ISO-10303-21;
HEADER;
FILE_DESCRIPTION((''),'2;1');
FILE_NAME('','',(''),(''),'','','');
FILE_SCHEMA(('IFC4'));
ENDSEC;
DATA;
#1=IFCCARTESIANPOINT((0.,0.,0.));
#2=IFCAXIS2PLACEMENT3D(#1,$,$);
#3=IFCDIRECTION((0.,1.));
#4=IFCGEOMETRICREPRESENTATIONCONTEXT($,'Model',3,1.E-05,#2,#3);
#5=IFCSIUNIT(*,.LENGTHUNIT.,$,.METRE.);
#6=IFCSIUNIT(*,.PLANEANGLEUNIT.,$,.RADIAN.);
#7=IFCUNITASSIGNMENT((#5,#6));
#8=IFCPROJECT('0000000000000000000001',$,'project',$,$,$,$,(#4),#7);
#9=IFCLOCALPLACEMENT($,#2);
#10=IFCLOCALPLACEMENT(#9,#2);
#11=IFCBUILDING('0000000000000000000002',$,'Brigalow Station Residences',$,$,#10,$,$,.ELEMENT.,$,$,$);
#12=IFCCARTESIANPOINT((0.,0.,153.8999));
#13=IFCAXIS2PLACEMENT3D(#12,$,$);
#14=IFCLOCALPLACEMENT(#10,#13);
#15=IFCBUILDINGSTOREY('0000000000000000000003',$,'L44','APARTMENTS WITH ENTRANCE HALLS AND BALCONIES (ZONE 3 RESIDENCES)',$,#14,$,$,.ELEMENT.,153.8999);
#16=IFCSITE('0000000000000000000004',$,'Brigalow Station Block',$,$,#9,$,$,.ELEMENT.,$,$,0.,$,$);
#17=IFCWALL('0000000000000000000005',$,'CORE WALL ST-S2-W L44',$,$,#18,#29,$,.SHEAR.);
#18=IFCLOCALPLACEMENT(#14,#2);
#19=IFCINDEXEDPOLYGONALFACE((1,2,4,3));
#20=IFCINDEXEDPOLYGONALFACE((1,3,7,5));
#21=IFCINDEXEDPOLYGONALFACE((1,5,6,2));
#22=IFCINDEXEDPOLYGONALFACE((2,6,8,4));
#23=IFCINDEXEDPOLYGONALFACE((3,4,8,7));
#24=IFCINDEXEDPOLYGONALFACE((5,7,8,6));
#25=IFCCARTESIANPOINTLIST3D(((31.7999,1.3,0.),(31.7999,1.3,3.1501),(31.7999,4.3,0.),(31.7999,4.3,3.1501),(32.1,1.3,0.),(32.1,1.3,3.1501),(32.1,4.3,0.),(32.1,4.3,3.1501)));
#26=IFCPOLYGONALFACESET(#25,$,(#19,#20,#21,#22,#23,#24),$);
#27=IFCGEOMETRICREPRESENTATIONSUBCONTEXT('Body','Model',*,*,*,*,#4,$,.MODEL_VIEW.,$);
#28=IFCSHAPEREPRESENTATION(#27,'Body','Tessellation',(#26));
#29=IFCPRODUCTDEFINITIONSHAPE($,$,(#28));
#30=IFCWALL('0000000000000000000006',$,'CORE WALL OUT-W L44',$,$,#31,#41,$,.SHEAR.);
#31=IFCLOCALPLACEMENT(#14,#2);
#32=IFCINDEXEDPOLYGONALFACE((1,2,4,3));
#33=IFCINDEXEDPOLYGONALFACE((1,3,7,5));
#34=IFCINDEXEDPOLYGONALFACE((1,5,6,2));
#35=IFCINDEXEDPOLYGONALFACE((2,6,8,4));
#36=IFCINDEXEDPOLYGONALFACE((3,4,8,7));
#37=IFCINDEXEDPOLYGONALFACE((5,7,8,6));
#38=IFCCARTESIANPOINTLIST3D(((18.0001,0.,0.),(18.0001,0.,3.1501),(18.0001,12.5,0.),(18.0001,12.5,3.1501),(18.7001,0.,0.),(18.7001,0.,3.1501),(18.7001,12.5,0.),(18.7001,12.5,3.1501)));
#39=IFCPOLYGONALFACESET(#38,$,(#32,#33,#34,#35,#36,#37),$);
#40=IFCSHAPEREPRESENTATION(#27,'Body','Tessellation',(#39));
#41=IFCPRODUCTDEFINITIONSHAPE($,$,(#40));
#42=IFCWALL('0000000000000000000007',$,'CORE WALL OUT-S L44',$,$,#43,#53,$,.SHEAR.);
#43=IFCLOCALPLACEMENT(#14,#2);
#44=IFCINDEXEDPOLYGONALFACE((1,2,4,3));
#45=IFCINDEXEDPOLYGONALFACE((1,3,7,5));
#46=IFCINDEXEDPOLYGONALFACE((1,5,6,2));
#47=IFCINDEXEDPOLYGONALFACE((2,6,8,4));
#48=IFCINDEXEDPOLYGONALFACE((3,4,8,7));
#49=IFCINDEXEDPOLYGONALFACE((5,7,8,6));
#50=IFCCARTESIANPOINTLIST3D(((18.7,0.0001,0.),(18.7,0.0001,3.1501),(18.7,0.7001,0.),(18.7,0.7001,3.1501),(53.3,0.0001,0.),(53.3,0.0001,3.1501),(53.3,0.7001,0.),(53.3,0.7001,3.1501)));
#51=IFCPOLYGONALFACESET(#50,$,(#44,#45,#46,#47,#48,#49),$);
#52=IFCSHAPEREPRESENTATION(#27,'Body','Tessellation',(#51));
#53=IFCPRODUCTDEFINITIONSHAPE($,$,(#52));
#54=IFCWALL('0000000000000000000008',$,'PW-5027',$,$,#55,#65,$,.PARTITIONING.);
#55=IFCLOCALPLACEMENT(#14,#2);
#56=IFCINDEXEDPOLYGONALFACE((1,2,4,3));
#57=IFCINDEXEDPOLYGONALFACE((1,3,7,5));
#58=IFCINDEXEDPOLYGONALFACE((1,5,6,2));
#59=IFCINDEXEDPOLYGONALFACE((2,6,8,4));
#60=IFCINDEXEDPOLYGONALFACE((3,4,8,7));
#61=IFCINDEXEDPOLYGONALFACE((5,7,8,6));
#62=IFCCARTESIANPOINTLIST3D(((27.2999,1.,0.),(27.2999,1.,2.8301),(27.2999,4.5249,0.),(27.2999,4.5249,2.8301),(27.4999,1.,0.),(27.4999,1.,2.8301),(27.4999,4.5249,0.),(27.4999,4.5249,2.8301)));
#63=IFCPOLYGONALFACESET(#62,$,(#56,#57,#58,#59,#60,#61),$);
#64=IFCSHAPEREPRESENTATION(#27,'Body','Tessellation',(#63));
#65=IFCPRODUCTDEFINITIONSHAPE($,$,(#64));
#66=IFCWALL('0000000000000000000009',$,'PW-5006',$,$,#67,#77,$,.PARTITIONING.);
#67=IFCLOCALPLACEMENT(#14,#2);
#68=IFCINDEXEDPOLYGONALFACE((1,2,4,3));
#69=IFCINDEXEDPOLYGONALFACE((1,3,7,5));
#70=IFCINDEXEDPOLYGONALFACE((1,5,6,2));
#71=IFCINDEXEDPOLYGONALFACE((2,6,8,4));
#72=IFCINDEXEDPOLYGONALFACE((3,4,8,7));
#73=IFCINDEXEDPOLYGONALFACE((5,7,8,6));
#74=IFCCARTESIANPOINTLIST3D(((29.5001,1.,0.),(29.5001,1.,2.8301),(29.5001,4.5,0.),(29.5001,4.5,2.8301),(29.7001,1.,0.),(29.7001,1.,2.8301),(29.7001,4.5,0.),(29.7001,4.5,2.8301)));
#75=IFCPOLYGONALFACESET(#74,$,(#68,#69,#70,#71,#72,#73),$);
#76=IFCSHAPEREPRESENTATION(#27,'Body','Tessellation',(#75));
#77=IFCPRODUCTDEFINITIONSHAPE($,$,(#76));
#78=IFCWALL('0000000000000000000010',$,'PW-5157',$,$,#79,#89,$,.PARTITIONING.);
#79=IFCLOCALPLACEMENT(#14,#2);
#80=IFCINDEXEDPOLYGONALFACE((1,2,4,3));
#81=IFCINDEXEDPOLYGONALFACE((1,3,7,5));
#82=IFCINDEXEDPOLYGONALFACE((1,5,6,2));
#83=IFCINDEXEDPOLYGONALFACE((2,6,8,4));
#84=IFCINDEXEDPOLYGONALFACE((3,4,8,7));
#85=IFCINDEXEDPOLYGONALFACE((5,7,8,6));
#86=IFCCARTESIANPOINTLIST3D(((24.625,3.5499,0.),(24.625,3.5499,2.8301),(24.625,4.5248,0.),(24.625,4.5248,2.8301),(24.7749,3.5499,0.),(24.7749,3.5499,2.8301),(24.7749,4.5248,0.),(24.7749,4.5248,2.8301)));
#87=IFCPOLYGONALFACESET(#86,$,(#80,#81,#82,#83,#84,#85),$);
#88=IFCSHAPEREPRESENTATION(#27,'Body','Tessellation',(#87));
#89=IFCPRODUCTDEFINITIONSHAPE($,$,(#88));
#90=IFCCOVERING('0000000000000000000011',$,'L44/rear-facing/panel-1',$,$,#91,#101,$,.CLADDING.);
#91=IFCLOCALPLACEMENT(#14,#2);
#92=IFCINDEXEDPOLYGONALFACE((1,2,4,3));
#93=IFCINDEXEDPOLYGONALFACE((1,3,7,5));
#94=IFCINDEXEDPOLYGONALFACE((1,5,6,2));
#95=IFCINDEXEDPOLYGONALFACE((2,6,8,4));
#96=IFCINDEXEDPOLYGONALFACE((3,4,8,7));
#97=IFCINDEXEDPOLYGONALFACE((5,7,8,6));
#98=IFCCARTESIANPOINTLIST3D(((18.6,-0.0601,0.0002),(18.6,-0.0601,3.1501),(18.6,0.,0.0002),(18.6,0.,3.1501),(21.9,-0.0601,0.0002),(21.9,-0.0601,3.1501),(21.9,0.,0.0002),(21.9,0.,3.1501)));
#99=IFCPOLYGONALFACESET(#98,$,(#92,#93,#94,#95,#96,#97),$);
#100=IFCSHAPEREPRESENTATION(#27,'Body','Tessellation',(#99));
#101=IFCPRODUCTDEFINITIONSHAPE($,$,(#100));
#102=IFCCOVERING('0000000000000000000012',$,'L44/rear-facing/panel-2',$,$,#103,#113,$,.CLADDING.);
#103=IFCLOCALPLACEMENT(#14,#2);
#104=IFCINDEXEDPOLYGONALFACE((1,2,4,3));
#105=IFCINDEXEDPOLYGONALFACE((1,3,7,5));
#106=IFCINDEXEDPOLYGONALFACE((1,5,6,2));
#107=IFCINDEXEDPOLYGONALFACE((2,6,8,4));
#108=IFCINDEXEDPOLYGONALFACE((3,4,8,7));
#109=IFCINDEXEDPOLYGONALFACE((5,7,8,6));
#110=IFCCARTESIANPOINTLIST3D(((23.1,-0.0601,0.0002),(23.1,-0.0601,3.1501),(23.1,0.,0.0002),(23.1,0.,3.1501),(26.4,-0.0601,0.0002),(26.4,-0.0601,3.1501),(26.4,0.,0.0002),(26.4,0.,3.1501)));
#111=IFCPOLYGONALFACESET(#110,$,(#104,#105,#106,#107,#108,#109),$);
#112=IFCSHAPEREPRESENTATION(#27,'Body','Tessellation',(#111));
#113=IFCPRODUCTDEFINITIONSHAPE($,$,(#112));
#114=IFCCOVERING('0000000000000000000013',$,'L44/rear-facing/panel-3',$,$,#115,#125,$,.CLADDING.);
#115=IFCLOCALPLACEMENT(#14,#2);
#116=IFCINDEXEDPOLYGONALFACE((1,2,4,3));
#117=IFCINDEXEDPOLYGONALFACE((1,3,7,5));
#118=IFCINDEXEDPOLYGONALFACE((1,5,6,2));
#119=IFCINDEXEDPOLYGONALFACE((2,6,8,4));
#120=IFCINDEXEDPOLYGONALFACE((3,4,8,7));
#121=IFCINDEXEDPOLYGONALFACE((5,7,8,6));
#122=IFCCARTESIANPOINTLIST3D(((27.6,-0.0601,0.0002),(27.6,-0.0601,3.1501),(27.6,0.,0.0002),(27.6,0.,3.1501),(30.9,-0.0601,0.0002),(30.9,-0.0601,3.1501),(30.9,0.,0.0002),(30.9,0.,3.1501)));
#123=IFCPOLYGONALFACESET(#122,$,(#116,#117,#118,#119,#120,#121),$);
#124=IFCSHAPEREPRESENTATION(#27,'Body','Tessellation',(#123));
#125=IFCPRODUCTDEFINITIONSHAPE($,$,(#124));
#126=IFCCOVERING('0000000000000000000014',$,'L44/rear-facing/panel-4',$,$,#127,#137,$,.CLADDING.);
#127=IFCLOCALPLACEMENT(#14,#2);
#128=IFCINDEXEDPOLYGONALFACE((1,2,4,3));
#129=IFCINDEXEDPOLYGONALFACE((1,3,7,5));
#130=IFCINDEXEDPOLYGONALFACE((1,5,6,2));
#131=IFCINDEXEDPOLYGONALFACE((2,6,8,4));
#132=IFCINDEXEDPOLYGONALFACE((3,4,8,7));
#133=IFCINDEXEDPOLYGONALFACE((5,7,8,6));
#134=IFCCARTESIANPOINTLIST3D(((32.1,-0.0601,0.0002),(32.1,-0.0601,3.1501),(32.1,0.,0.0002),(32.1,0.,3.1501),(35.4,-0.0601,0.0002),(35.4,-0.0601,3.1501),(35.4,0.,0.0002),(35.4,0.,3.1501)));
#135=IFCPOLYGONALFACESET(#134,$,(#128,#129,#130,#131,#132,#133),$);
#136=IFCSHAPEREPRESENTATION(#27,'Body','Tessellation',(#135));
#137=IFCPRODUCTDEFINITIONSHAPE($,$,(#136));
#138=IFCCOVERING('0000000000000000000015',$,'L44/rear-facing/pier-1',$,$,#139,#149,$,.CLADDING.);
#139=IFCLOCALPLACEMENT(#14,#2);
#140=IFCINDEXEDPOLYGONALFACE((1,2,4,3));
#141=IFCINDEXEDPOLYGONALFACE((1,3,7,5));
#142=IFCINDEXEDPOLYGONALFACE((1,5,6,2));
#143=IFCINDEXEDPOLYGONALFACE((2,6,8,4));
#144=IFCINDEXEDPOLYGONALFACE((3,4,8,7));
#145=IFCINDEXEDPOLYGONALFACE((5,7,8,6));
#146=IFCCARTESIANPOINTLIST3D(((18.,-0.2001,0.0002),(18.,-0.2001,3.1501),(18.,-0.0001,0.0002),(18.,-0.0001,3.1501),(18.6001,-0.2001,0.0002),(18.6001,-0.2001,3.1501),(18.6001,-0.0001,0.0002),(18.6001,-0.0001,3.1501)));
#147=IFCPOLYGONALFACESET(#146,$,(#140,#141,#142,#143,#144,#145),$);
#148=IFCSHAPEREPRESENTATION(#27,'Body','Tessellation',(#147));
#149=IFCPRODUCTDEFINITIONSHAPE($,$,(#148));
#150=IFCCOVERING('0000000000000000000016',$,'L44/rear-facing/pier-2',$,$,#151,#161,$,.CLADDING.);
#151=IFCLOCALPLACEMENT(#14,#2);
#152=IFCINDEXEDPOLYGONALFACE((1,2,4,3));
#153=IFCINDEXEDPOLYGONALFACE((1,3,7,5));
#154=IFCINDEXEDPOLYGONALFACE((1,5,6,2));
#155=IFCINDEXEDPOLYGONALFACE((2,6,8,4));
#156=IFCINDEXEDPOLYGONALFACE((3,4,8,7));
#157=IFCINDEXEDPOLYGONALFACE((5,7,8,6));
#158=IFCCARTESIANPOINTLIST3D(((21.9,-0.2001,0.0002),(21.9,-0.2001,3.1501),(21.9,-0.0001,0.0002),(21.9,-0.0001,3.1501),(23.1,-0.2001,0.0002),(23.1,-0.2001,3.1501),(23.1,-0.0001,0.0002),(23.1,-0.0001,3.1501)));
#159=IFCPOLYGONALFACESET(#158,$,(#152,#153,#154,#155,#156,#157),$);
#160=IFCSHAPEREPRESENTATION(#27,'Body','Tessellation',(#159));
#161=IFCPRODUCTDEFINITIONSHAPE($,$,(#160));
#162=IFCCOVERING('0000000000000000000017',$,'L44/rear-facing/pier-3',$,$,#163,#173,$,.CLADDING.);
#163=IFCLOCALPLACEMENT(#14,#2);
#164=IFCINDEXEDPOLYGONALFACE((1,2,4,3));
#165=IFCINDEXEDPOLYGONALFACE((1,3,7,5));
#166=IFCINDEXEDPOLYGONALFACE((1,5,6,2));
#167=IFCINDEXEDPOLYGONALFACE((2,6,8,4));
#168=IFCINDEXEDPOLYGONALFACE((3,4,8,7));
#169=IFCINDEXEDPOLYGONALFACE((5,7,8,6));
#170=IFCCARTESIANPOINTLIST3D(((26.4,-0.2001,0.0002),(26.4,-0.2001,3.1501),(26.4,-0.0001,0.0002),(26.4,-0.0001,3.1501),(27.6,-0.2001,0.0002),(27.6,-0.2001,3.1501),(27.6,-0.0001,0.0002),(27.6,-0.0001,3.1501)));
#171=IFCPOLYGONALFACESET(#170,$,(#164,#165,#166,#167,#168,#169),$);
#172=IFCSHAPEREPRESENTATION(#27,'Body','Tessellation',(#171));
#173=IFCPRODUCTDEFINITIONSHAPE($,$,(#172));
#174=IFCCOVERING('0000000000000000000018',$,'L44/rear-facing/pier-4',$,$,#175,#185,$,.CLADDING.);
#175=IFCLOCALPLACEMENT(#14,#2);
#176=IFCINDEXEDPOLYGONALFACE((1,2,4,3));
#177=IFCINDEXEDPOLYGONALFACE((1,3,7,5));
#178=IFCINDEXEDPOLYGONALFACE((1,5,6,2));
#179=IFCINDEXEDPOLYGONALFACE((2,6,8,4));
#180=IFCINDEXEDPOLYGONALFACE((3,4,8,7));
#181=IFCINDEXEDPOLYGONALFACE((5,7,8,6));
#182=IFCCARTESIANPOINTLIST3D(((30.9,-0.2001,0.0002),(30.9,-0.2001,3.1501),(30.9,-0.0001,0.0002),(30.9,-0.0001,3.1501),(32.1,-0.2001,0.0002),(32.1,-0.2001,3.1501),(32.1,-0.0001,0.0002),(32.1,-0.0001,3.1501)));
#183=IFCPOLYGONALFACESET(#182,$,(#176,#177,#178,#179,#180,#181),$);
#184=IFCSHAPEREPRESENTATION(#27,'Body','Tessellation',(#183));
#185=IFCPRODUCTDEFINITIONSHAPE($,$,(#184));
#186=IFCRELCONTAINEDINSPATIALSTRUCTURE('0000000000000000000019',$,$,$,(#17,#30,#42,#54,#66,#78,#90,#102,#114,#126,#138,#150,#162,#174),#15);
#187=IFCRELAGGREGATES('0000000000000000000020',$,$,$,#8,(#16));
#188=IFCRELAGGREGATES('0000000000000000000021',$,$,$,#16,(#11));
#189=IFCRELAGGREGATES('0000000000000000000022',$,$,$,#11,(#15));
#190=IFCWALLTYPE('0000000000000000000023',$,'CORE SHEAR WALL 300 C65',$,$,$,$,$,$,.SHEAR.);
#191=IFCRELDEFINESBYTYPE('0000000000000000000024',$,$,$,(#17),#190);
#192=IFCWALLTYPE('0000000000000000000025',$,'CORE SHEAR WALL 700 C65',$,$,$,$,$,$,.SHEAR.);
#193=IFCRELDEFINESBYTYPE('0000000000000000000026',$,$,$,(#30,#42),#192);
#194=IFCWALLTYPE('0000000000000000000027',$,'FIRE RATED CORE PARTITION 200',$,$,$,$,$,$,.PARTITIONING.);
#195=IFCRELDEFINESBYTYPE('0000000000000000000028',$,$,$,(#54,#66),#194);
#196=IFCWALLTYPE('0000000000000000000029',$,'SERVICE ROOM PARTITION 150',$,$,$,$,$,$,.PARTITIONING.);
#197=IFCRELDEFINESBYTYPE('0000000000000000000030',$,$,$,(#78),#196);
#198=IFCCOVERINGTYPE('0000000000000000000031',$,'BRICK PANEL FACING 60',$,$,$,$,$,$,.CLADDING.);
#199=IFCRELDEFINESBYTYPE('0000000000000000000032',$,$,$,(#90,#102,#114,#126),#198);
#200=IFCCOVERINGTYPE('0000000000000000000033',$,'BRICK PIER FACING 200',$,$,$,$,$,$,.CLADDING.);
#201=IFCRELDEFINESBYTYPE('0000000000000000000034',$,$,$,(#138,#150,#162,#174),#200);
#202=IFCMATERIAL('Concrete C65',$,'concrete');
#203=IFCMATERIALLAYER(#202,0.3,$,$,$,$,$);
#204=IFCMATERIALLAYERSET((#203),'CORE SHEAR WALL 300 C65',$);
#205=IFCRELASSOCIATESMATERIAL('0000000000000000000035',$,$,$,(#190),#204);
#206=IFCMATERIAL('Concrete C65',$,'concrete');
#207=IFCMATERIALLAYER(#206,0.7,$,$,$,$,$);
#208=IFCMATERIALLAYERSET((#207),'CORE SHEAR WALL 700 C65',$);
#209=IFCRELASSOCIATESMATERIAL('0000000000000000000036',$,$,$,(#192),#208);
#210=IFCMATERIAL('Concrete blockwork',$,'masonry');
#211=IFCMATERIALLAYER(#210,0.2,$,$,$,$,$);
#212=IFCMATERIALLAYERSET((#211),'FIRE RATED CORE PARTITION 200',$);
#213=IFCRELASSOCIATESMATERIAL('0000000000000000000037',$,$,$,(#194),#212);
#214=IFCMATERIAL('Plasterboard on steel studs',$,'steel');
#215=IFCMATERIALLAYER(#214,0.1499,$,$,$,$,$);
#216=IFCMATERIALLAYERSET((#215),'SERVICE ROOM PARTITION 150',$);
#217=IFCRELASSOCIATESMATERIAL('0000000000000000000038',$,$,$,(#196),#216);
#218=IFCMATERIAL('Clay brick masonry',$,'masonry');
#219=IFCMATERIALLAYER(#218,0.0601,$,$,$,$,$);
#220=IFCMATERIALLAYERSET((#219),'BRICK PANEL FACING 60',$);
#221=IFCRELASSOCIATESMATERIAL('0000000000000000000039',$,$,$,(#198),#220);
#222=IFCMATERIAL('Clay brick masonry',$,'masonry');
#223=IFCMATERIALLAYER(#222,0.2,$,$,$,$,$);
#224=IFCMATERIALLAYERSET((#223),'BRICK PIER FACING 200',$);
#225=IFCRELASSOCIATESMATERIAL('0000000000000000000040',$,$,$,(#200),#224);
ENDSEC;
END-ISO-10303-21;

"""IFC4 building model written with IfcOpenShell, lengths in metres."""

from ifc_helpers import new_model, si_unit, direction, frame, frame_2d, origin, origin_2d, place, context, subcontext, project, spatial, rectangle, extrude, material, layer, layer_set, type_object, element, save


model = new_model("IFC4")

# Units and contexts
model_context = context("Model", 3, precision=1e-05, world=origin(), true_north=direction((0.0, 1.0)))
body_context = subcontext(model_context, "Body", "Model", "MODEL_VIEW")
ifc_project = project(units=[si_unit("LENGTHUNIT", "METRE"), si_unit("PLANEANGLEUNIT", "RADIAN")], contexts=[model_context])

# Site, building, storey
site_placement = place(None, origin())
site = spatial("IfcSite", under=ifc_project, at=site_placement, Name="Brigalow Station Block", CompositionType="ELEMENT", RefElevation=0.0)
building_placement = place(site_placement, origin())
building = spatial("IfcBuilding", under=site, at=building_placement, Name="Brigalow Station Residences", CompositionType="ELEMENT")
storey_placement = place(building_placement, frame((0.0, 0.0, 153.8999)))
storey = spatial("IfcBuildingStorey", under=building, at=storey_placement, Name="L44", Description="APARTMENTS WITH ENTRANCE HALLS AND BALCONIES (ZONE 3 RESIDENCES)", CompositionType="ELEMENT", Elevation=153.8999)

# Shared definitions
ifc_material_1 = material(Name="Concrete C65", Category="concrete")
ifc_layer_1 = layer(ifc_material_1, 0.3)
ifc_layer_set_1 = layer_set([ifc_layer_1], Name="CORE SHEAR WALL 300 C65")
wall_type_1 = type_object("IfcWallType", Name="CORE SHEAR WALL 300 C65", PredefinedType="SHEAR", material=ifc_layer_set_1)

# Walls
wall_1_placement = place(storey_placement, frame((31.95, 1.3, 0.0), z_axis=(0.0, 0.0, 1.0), x_axis=(0.0, 1.0, 0.0)))
element("IfcWall", 1, at=wall_1_placement, inside=storey, type_object=wall_type_1, Name="CORE WALL ST-S2-W L44", PredefinedType="SHEAR", context=body_context, shape_type="SweptSolid", body=[
    extrude(rectangle(XDim=3.0, YDim=0.3, at=frame_2d((1.5, 0.0))), origin(), (0.0, 0.0, 1.0), 3.1501),
])
ifc_material_2 = material(Name="Concrete C65", Category="concrete")
ifc_layer_2 = layer(ifc_material_2, 0.7)
ifc_layer_set_2 = layer_set([ifc_layer_2], Name="CORE SHEAR WALL 700 C65")
wall_type_2 = type_object("IfcWallType", Name="CORE SHEAR WALL 700 C65", PredefinedType="SHEAR", material=ifc_layer_set_2)
wall_2_placement = place(storey_placement, frame((18.3501, 0.0, 0.0), z_axis=(0.0, 0.0, 1.0), x_axis=(0.0, 1.0, 0.0)))
element("IfcWall", 2, at=wall_2_placement, inside=storey, type_object=wall_type_2, Name="CORE WALL OUT-W L44", PredefinedType="SHEAR", context=body_context, shape_type="SweptSolid", body=[
    extrude(rectangle(XDim=12.5, YDim=0.7, at=frame_2d((6.25, 0.0))), origin(), (0.0, 0.0, 1.0), 3.1501),
])
wall_3_placement = place(storey_placement, frame((18.7, 0.3501, 0.0), z_axis=(0.0, 0.0, 1.0), x_axis=(1.0, 0.0, 0.0)))
element("IfcWall", 3, at=wall_3_placement, inside=storey, type_object=wall_type_2, Name="CORE WALL OUT-S L44", PredefinedType="SHEAR", context=body_context, shape_type="SweptSolid", body=[
    extrude(rectangle(XDim=34.6001, YDim=0.7, at=frame_2d((17.3, 0.0))), origin(), (0.0, 0.0, 1.0), 3.1501),
])
ifc_material_3 = material(Name="Concrete blockwork", Category="masonry")
ifc_layer_3 = layer(ifc_material_3, 0.2)
ifc_layer_set_3 = layer_set([ifc_layer_3], Name="FIRE RATED CORE PARTITION 200")
wall_type_3 = type_object("IfcWallType", Name="FIRE RATED CORE PARTITION 200", PredefinedType="PARTITIONING", material=ifc_layer_set_3)
wall_4_placement = place(storey_placement, frame((27.3999, 1.0, 0.0), z_axis=(0.0, 0.0, 1.0), x_axis=(0.0, 1.0, 0.0)))
element("IfcWall", 4, at=wall_4_placement, inside=storey, type_object=wall_type_3, Name="PW-5027", PredefinedType="PARTITIONING", context=body_context, shape_type="SweptSolid", body=[
    extrude(rectangle(XDim=3.5249, YDim=0.2, at=frame_2d((1.7625, 0.0))), origin(), (0.0, 0.0, 1.0), 2.8301),
])
wall_5_placement = place(storey_placement, frame((29.6001, 1.0, 0.0), z_axis=(0.0, 0.0, 1.0), x_axis=(0.0, 1.0, 0.0)))
element("IfcWall", 5, at=wall_5_placement, inside=storey, type_object=wall_type_3, Name="PW-5006", PredefinedType="PARTITIONING", context=body_context, shape_type="SweptSolid", body=[
    extrude(rectangle(XDim=3.5, YDim=0.2, at=frame_2d((1.75, 0.0))), origin(), (0.0, 0.0, 1.0), 2.8301),
])
ifc_material_4 = material(Name="Plasterboard on steel studs", Category="steel")
ifc_layer_4 = layer(ifc_material_4, 0.1499)
ifc_layer_set_4 = layer_set([ifc_layer_4], Name="SERVICE ROOM PARTITION 150")
wall_type_4 = type_object("IfcWallType", Name="SERVICE ROOM PARTITION 150", PredefinedType="PARTITIONING", material=ifc_layer_set_4)
wall_6_placement = place(storey_placement, frame((24.7, 3.55, 0.0), z_axis=(0.0, 0.0, 1.0), x_axis=(0.0, 1.0, 0.0)))
element("IfcWall", 6, at=wall_6_placement, inside=storey, type_object=wall_type_4, Name="PW-5157", PredefinedType="PARTITIONING", context=body_context, shape_type="SweptSolid", body=[
    extrude(rectangle(XDim=0.9749, YDim=0.1499, at=frame_2d((0.4873, 0.0))), origin(), (0.0, 0.0, 1.0), 2.8301),
])

# Coverings
ifc_material_5 = material(Name="Clay brick masonry", Category="masonry")
ifc_layer_5 = layer(ifc_material_5, 0.0601)
ifc_layer_set_5 = layer_set([ifc_layer_5], Name="BRICK PANEL FACING 60")
covering_type_1 = type_object("IfcCoveringType", Name="BRICK PANEL FACING 60", PredefinedType="CLADDING", material=ifc_layer_set_5)
for number, where, z_axis, x_axis, name in (
    (7, (20.25, -0.03, 0.0002), (0.0, 0.0, 1.0), (1.0, 0.0, 0.0), "L44/rear-facing/panel-1"),
    (8, (24.75, -0.03, 0.0002), (0.0, 0.0, 1.0), (1.0, 0.0, 0.0), "L44/rear-facing/panel-2"),
    (9, (29.25, -0.03, 0.0002), (0.0, 0.0, 1.0), (1.0, 0.0, 0.0), "L44/rear-facing/panel-3"),
    (10, (33.75, -0.03, 0.0002), (0.0, 0.0, 1.0), (1.0, 0.0, 0.0), "L44/rear-facing/panel-4"),
):
    element("IfcCovering", number, at=place(storey_placement, frame(where, z_axis=z_axis, x_axis=x_axis)), inside=storey, type_object=covering_type_1, Name=name, PredefinedType="CLADDING", context=body_context, shape_type="SweptSolid", body=[
        extrude(rectangle(XDim=3.3, YDim=0.0601, at=origin_2d()), origin(), (0.0, 0.0, 1.0), 3.1499),
    ])
ifc_material_6 = material(Name="Clay brick masonry", Category="masonry")
ifc_layer_6 = layer(ifc_material_6, 0.2)
ifc_layer_set_6 = layer_set([ifc_layer_6], Name="BRICK PIER FACING 200")
covering_type_2 = type_object("IfcCoveringType", Name="BRICK PIER FACING 200", PredefinedType="CLADDING", material=ifc_layer_set_6)
covering_placement = place(storey_placement, frame((18.3, -0.1001, 0.0002), z_axis=(0.0, 0.0, 1.0), x_axis=(1.0, 0.0, 0.0)))
element("IfcCovering", 11, at=covering_placement, inside=storey, type_object=covering_type_2, Name="L44/rear-facing/pier-1", PredefinedType="CLADDING", context=body_context, shape_type="SweptSolid", body=[
    extrude(rectangle(XDim=0.6001, YDim=0.2, at=origin_2d()), origin(), (0.0, 0.0, 1.0), 3.1499),
])
for number, where, z_axis, x_axis, name in (
    (12, (22.5, -0.1001, 0.0002), (0.0, 0.0, 1.0), (1.0, 0.0, 0.0), "L44/rear-facing/pier-2"),
    (13, (27.0, -0.1001, 0.0002), (0.0, 0.0, 1.0), (1.0, 0.0, 0.0), "L44/rear-facing/pier-3"),
    (14, (31.5, -0.1001, 0.0002), (0.0, 0.0, 1.0), (1.0, 0.0, 0.0), "L44/rear-facing/pier-4"),
):
    element("IfcCovering", number, at=place(storey_placement, frame(where, z_axis=z_axis, x_axis=x_axis)), inside=storey, type_object=covering_type_2, Name=name, PredefinedType="CLADDING", context=body_context, shape_type="SweptSolid", body=[
        extrude(rectangle(XDim=1.2, YDim=0.2, at=origin_2d()), origin(), (0.0, 0.0, 1.0), 3.1499),
    ])

save(model, "model.ifc")
